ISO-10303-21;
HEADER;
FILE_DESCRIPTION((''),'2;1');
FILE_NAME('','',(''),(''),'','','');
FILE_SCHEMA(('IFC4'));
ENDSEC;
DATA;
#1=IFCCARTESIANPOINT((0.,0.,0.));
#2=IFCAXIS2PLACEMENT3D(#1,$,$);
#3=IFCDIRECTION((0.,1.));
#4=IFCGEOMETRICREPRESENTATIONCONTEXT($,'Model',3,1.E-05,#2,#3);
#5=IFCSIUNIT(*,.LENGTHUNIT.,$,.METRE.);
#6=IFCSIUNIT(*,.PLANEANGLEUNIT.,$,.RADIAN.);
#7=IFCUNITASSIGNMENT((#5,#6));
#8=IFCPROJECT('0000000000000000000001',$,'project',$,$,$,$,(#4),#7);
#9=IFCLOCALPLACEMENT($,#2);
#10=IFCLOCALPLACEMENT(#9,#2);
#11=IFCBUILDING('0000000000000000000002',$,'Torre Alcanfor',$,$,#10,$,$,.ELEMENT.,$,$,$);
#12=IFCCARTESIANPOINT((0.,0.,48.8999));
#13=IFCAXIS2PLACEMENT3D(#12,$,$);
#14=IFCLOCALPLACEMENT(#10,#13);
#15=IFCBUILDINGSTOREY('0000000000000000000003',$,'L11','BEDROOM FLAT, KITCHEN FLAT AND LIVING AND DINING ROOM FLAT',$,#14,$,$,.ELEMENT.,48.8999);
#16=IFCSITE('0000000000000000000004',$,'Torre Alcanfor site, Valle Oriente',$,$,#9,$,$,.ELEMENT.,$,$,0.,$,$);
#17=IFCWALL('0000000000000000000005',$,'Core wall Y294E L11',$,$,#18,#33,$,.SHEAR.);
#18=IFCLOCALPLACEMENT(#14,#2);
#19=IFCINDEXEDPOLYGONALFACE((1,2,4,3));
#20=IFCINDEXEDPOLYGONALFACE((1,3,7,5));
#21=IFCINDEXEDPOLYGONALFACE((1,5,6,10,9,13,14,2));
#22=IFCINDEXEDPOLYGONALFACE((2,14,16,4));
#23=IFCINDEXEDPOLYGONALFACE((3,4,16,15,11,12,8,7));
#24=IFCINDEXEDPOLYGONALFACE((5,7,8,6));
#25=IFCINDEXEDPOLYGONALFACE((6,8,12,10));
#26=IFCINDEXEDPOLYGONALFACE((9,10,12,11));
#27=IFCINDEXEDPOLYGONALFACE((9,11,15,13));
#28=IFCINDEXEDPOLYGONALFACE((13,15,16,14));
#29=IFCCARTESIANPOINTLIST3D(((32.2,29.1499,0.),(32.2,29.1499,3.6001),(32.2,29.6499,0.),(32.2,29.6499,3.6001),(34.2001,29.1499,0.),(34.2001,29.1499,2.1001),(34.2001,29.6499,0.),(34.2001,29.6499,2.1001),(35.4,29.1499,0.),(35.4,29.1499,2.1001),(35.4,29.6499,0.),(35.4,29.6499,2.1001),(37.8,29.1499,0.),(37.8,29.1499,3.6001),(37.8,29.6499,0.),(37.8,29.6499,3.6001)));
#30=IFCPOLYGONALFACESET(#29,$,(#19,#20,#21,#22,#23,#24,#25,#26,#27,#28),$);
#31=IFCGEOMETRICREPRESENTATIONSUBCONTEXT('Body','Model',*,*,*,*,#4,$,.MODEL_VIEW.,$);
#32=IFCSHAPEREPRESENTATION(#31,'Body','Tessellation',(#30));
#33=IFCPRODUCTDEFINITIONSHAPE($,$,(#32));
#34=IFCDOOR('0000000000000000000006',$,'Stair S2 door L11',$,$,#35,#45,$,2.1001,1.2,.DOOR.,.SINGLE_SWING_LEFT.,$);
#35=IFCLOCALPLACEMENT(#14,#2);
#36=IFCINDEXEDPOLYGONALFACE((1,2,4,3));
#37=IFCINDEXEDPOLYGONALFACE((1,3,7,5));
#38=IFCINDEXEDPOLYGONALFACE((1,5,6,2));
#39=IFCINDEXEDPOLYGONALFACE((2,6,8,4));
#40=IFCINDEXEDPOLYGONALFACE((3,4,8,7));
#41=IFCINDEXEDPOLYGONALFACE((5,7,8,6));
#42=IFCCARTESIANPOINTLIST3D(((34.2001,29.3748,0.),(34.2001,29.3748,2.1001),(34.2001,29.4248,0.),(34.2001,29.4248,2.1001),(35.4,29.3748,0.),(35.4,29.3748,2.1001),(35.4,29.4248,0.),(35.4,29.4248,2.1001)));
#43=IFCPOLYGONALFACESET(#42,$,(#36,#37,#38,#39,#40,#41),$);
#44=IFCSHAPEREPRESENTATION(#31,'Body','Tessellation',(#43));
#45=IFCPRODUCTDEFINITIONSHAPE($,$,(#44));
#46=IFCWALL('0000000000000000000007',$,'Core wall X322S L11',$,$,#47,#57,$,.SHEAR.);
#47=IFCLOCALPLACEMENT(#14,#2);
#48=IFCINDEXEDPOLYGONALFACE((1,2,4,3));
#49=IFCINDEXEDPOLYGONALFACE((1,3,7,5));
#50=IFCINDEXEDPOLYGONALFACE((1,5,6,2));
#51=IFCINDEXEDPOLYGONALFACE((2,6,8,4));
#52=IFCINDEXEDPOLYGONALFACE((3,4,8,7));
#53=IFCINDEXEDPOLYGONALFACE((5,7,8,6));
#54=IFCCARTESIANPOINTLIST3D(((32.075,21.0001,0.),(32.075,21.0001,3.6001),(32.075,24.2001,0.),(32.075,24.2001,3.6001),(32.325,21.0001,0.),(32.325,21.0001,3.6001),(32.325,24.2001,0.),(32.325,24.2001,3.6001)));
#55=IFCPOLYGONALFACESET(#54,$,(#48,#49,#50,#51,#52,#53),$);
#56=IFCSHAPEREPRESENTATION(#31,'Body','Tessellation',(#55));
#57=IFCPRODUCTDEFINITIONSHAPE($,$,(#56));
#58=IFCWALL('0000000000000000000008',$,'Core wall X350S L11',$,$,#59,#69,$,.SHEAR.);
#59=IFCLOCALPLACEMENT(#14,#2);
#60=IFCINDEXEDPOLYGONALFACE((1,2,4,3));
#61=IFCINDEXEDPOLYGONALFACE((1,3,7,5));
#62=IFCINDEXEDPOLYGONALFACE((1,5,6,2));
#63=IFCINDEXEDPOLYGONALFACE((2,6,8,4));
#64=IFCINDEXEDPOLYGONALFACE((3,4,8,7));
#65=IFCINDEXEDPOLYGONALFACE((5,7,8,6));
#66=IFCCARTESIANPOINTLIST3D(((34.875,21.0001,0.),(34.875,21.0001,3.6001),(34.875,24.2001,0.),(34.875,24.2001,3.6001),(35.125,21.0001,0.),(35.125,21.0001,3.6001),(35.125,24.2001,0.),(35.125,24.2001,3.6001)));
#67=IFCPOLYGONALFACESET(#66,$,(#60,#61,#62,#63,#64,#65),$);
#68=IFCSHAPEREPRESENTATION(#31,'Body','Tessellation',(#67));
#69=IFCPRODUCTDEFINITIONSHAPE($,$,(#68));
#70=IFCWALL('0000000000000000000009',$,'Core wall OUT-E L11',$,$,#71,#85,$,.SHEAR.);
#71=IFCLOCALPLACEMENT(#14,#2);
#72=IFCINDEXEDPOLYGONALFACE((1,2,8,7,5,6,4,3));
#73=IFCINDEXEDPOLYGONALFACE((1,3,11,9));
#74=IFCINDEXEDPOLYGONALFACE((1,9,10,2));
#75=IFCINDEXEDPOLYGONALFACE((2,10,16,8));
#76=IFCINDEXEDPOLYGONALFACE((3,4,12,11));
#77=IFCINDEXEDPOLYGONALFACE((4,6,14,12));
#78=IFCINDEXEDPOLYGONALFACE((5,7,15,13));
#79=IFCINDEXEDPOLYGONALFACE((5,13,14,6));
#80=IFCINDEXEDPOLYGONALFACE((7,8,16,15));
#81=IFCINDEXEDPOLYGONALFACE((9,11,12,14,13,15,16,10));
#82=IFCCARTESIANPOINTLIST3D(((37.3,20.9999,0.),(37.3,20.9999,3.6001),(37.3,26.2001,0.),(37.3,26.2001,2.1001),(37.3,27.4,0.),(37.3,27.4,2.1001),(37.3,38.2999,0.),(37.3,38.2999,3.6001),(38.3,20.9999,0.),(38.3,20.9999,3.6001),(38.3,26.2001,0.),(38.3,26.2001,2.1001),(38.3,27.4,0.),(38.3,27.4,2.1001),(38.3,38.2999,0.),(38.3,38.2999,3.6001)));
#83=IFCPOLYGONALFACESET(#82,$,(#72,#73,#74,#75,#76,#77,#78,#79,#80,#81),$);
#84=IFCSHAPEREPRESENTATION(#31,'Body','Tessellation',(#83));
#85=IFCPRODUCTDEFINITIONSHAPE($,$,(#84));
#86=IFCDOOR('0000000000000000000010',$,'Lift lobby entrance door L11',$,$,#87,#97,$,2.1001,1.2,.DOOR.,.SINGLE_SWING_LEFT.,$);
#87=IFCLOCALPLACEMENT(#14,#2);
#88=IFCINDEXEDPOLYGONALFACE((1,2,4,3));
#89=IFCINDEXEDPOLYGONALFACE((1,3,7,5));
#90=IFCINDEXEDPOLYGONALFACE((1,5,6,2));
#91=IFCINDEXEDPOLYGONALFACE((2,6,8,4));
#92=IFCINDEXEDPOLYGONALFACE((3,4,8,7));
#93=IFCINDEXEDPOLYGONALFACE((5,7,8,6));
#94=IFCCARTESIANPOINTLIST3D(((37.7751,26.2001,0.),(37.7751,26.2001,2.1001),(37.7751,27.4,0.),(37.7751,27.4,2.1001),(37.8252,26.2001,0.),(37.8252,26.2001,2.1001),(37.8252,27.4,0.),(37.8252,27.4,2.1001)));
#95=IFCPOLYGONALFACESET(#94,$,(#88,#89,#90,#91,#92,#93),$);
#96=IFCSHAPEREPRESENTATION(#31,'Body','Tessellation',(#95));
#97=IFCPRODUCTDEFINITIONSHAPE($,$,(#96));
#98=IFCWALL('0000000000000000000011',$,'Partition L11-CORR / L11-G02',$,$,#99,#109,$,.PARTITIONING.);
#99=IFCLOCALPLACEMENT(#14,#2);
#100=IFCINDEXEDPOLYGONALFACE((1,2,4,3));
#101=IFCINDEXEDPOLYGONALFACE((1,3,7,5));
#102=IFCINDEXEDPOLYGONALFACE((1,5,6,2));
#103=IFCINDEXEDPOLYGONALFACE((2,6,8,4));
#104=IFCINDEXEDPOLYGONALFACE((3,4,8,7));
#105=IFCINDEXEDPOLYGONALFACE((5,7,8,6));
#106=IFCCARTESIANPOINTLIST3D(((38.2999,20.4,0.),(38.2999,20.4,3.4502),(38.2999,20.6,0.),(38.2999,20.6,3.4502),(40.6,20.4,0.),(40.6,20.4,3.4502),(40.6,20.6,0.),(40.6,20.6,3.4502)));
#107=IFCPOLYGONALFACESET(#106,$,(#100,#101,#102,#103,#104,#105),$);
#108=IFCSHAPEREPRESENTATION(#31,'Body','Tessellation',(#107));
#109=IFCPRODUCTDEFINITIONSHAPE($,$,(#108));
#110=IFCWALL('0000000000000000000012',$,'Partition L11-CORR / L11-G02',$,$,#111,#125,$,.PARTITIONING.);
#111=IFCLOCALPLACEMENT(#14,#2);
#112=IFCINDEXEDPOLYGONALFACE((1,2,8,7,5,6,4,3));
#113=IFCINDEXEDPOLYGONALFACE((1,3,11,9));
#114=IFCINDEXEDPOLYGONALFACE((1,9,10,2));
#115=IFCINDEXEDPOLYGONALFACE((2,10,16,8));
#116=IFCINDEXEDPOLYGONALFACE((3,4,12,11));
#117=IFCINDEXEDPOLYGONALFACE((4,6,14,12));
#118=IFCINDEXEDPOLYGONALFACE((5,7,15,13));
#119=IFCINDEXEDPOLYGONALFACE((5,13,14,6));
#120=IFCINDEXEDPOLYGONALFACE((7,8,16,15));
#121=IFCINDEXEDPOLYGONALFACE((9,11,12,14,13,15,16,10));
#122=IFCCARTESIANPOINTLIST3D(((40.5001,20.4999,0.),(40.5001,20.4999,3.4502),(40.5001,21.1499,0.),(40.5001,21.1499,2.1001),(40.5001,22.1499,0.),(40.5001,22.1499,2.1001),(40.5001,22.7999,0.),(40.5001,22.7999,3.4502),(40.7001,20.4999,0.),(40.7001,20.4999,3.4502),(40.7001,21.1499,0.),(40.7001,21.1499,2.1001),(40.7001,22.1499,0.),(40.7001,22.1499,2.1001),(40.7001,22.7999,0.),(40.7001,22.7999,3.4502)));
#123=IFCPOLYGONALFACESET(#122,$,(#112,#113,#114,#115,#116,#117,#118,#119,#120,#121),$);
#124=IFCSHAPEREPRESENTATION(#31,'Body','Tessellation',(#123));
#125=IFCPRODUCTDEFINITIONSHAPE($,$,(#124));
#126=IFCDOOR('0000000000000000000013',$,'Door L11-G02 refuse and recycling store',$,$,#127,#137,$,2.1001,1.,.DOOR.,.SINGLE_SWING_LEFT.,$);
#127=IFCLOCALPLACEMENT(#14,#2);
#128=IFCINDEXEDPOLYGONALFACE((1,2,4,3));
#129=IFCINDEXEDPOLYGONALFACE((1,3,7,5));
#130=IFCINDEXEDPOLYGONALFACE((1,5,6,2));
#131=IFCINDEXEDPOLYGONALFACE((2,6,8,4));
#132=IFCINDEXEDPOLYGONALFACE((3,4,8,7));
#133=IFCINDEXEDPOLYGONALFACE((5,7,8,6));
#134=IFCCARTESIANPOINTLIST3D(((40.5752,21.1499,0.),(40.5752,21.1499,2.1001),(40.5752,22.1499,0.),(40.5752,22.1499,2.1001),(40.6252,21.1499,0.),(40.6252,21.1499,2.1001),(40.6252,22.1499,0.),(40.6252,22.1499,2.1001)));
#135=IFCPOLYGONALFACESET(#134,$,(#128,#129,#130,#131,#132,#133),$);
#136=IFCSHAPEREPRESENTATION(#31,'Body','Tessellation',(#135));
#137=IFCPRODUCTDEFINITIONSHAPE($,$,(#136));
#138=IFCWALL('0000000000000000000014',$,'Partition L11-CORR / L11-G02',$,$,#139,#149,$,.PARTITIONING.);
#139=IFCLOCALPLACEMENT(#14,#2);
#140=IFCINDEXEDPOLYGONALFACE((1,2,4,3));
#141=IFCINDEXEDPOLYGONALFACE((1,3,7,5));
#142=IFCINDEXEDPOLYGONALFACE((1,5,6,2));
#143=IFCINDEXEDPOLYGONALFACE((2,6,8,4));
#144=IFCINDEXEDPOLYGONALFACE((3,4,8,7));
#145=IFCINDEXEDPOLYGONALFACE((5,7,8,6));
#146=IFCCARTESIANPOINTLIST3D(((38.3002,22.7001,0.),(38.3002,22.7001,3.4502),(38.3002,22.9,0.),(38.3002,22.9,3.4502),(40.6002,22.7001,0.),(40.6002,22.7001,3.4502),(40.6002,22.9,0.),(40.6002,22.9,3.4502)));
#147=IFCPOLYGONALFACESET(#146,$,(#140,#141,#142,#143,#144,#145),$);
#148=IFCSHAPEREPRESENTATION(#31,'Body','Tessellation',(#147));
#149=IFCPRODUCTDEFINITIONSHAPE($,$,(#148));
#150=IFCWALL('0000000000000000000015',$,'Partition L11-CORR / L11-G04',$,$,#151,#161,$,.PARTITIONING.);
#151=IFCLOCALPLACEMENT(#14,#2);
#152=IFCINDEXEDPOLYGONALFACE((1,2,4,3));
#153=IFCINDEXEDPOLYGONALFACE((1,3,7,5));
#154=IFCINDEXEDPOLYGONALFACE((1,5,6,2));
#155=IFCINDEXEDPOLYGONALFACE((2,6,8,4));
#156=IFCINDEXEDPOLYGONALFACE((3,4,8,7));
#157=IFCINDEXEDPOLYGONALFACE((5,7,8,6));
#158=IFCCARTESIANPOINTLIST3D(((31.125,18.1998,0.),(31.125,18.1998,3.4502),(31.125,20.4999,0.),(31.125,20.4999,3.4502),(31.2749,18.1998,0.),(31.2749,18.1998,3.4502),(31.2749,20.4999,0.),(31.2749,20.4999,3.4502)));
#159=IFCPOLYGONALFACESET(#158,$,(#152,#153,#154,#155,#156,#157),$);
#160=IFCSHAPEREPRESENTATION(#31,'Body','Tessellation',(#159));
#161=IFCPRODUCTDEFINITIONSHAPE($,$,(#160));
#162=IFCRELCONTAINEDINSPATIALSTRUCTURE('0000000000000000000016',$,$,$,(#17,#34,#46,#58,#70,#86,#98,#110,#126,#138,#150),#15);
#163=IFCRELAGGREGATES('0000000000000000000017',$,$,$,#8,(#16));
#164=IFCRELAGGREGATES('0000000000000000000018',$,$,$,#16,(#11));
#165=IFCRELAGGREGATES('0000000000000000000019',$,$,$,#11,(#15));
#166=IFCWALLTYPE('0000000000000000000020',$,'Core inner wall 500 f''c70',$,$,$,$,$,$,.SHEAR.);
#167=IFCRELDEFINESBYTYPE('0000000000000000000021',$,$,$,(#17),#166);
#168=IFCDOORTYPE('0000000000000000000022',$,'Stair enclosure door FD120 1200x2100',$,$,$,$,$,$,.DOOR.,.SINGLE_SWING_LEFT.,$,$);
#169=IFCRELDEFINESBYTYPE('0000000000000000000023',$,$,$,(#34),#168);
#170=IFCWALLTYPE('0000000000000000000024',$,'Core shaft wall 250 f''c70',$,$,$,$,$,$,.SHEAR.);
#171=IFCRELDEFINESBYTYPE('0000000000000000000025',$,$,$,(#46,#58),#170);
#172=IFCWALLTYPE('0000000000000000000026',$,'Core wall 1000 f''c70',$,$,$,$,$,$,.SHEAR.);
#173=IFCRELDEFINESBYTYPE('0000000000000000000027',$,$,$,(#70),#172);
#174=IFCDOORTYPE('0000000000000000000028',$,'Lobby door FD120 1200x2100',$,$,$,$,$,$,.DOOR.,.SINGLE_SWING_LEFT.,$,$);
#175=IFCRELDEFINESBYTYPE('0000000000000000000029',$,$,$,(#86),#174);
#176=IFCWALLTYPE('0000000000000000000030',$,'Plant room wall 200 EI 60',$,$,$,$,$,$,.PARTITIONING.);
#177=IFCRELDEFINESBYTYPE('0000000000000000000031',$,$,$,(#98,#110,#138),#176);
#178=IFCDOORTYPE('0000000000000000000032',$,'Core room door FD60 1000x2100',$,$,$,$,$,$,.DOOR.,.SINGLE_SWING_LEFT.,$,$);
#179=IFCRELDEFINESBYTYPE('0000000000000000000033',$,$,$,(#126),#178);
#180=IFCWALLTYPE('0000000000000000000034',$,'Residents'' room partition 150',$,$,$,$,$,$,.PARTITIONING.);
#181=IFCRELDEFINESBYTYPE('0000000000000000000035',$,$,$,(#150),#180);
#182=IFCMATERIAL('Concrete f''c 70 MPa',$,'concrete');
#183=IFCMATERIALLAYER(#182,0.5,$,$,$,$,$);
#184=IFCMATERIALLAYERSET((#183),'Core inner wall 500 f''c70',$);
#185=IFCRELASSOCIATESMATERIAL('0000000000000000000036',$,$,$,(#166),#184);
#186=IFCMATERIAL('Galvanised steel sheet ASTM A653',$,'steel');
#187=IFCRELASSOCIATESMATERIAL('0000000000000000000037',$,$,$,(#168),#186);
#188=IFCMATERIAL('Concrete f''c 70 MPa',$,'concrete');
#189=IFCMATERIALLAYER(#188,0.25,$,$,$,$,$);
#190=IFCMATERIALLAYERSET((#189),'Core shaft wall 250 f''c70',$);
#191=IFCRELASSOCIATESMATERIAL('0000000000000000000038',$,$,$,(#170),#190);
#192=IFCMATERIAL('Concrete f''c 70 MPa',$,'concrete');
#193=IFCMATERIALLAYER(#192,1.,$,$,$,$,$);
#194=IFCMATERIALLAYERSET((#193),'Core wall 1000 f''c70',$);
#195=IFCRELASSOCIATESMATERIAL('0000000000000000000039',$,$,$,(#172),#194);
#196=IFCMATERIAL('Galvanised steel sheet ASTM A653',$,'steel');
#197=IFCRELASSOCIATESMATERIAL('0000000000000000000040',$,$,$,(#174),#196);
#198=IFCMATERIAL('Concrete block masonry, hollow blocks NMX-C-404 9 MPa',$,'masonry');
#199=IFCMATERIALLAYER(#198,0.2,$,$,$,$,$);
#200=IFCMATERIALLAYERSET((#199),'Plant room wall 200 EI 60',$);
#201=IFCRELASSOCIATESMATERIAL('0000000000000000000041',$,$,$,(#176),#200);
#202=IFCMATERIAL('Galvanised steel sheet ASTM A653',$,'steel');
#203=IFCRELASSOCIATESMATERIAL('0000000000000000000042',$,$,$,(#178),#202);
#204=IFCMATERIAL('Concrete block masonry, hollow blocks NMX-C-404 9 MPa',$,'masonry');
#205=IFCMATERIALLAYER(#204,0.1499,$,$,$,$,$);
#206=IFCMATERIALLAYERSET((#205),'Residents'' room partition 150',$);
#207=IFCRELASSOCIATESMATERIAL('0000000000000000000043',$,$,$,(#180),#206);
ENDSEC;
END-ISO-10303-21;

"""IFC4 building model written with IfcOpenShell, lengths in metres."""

from ifc_helpers import new_model, si_unit, direction, frame, frame_2d, origin, place, context, subcontext, project, spatial, rectangle, extrude, material, layer, layer_set, type_object, element, fill, save


model = new_model("IFC4")

# Units and contexts
model_context = context("Model", 3, precision=1e-05, world=origin(), true_north=direction((0.0, 1.0)))
body_context = subcontext(model_context, "Body", "Model", "MODEL_VIEW")
ifc_project = project(units=[si_unit("LENGTHUNIT", "METRE"), si_unit("PLANEANGLEUNIT", "RADIAN")], contexts=[model_context])

# Site, building, storey
site_placement = place(None, origin())
site = spatial("IfcSite", under=ifc_project, at=site_placement, Name="Torre Alcanfor site, Valle Oriente", CompositionType="ELEMENT", RefElevation=0.0)
building_placement = place(site_placement, origin())
building = spatial("IfcBuilding", under=site, at=building_placement, Name="Torre Alcanfor", CompositionType="ELEMENT")
storey_placement = place(building_placement, frame((0.0, 0.0, 48.8999)))
storey = spatial("IfcBuildingStorey", under=building, at=storey_placement, Name="L11", Description="BEDROOM FLAT, KITCHEN FLAT AND LIVING AND DINING ROOM FLAT", CompositionType="ELEMENT", Elevation=48.8999)

# Shared definitions
ifc_material_1 = material(Name="Concrete f'c 70 MPa", Category="concrete")
ifc_layer_1 = layer(ifc_material_1, 0.5)
ifc_layer_set_1 = layer_set([ifc_layer_1], Name="Core inner wall 500 f'c70")
wall_type_1 = type_object("IfcWallType", Name="Core inner wall 500 f'c70", PredefinedType="SHEAR", material=ifc_layer_set_1)

# Wall, opening, door
wall_1_placement = place(storey_placement, frame((32.2, 29.3999, 0.0), z_axis=(0.0, 0.0, 1.0), x_axis=(1.0, 0.0, 0.0)))
wall_1 = element("IfcWall", 1, at=wall_1_placement, inside=storey, type_object=wall_type_1, Name="Core wall Y294E L11", PredefinedType="SHEAR", context=body_context, shape_type="SweptSolid", body=[
    extrude(rectangle(XDim=5.6001, YDim=0.5, at=frame_2d((2.8, 0.0))), origin(), (0.0, 0.0, 1.0), 3.6001),
])
opening_1_placement = place(wall_1_placement, frame((2.0, 0.0, 0.0)))
opening_1 = element("IfcOpeningElement", 2, at=opening_1_placement, cuts=wall_1, PredefinedType="OPENING", context=body_context, shape_type="SweptSolid", body=[
    extrude(rectangle(XDim=1.2, YDim=2.1001, at=frame_2d((0.6001, 1.05))), frame((0.0, 0.26, 0.0), z_axis=(0.0, -1.0, 0.0), x_axis=(1.0, 0.0, 0.0)), (0.0, 0.0, 1.0), 0.52),
])
ifc_material_2 = material(Name="Galvanised steel sheet ASTM A653", Category="steel")
door_type_1 = type_object("IfcDoorType", Name="Stair enclosure door FD120 1200x2100", OperationType="SINGLE_SWING_LEFT", PredefinedType="DOOR", material=ifc_material_2)
door_1_placement = place(opening_1_placement, origin())
door_1 = element("IfcDoor", 3, at=door_1_placement, inside=storey, type_object=door_type_1, Name="Stair S2 door L11", OperationType="SINGLE_SWING_LEFT", OverallHeight=2.1001, OverallWidth=1.2, PredefinedType="DOOR", context=body_context, shape_type="SweptSolid", body=[
    extrude(rectangle(XDim=1.2, YDim=2.1001, at=frame_2d((0.6001, 1.05))), frame((0.0, 0.0249, 0.0), z_axis=(0.0, -1.0, 0.0), x_axis=(1.0, 0.0, 0.0)), (0.0, 0.0, 1.0), 0.05),
])
fill(opening_1, door_1)

# Walls
ifc_material_3 = material(Name="Concrete f'c 70 MPa", Category="concrete")
ifc_layer_2 = layer(ifc_material_3, 0.25)
ifc_layer_set_2 = layer_set([ifc_layer_2], Name="Core shaft wall 250 f'c70")
wall_type_2 = type_object("IfcWallType", Name="Core shaft wall 250 f'c70", PredefinedType="SHEAR", material=ifc_layer_set_2)
for number, where, z_axis, x_axis, name in (
    (4, (32.2, 21.0, 0.0), (0.0, 0.0, 1.0), (0.0, 1.0, 0.0), "Core wall X322S L11"),
    (5, (35.0, 21.0, 0.0), (0.0, 0.0, 1.0), (0.0, 1.0, 0.0), "Core wall X350S L11"),
):
    element("IfcWall", number, at=place(storey_placement, frame(where, z_axis=z_axis, x_axis=x_axis)), inside=storey, type_object=wall_type_2, Name=name, PredefinedType="SHEAR", context=body_context, shape_type="SweptSolid", body=[
        extrude(rectangle(XDim=3.2, YDim=0.25, at=frame_2d((1.6001, 0.0))), origin(), (0.0, 0.0, 1.0), 3.6001),
    ])

# Wall, opening, door
ifc_material_4 = material(Name="Concrete f'c 70 MPa", Category="concrete")
ifc_layer_3 = layer(ifc_material_4, 1.0)
ifc_layer_set_3 = layer_set([ifc_layer_3], Name="Core wall 1000 f'c70")
wall_type_3 = type_object("IfcWallType", Name="Core wall 1000 f'c70", PredefinedType="SHEAR", material=ifc_layer_set_3)
wall_2_placement = place(storey_placement, frame((37.8, 21.0, 0.0), z_axis=(0.0, 0.0, 1.0), x_axis=(0.0, 1.0, 0.0)))
wall_2 = element("IfcWall", 6, at=wall_2_placement, inside=storey, type_object=wall_type_3, Name="Core wall OUT-E L11", PredefinedType="SHEAR", context=body_context, shape_type="SweptSolid", body=[
    extrude(rectangle(XDim=17.3, YDim=1.0, at=frame_2d((8.6499, 0.0))), origin(), (0.0, 0.0, 1.0), 3.6001),
])
opening_2_placement = place(wall_2_placement, frame((5.2, 0.0, 0.0)))
opening_2 = element("IfcOpeningElement", 7, at=opening_2_placement, cuts=wall_2, PredefinedType="OPENING", context=body_context, shape_type="SweptSolid", body=[
    extrude(rectangle(XDim=1.2, YDim=2.1001, at=frame_2d((0.6001, 1.05))), frame((0.0, 0.51, 0.0), z_axis=(0.0, -1.0, 0.0), x_axis=(1.0, 0.0, 0.0)), (0.0, 0.0, 1.0), 1.02),
])
ifc_material_5 = material(Name="Galvanised steel sheet ASTM A653", Category="steel")
door_type_2 = type_object("IfcDoorType", Name="Lobby door FD120 1200x2100", OperationType="SINGLE_SWING_LEFT", PredefinedType="DOOR", material=ifc_material_5)
door_2_placement = place(opening_2_placement, origin())
door_2 = element("IfcDoor", 8, at=door_2_placement, inside=storey, type_object=door_type_2, Name="Lift lobby entrance door L11", OperationType="SINGLE_SWING_LEFT", OverallHeight=2.1001, OverallWidth=1.2, PredefinedType="DOOR", context=body_context, shape_type="SweptSolid", body=[
    extrude(rectangle(XDim=1.2, YDim=2.1001, at=frame_2d((0.6001, 1.05))), frame((0.0, 0.0249, 0.0), z_axis=(0.0, -1.0, 0.0), x_axis=(1.0, 0.0, 0.0)), (0.0, 0.0, 1.0), 0.05),
])
fill(opening_2, door_2)

# Wall
ifc_material_6 = material(Name="Concrete block masonry, hollow blocks NMX-C-404 9 MPa", Category="masonry")
ifc_layer_4 = layer(ifc_material_6, 0.2)
ifc_layer_set_4 = layer_set([ifc_layer_4], Name="Plant room wall 200 EI 60")
wall_type_4 = type_object("IfcWallType", Name="Plant room wall 200 EI 60", PredefinedType="PARTITIONING", material=ifc_layer_set_4)
wall_3_placement = place(storey_placement, frame((38.3, 20.5, 0.0), z_axis=(0.0, 0.0, 1.0), x_axis=(1.0, 0.0, 0.0)))
element("IfcWall", 9, at=wall_3_placement, inside=storey, type_object=wall_type_4, Name="Partition L11-CORR / L11-G02", PredefinedType="PARTITIONING", context=body_context, shape_type="SweptSolid", body=[
    extrude(rectangle(XDim=2.3, YDim=0.2, at=frame_2d((1.1499, 0.0))), origin(), (0.0, 0.0, 1.0), 3.4502),
])

# Wall, opening, door
wall_4_placement = place(storey_placement, frame((40.6001, 20.5, 0.0), z_axis=(0.0, 0.0, 1.0), x_axis=(0.0, 1.0, 0.0)))
wall_4 = element("IfcWall", 10, at=wall_4_placement, inside=storey, type_object=wall_type_4, Name="Partition L11-CORR / L11-G02", PredefinedType="PARTITIONING", context=body_context, shape_type="SweptSolid", body=[
    extrude(rectangle(XDim=2.3, YDim=0.2, at=frame_2d((1.1499, 0.0))), origin(), (0.0, 0.0, 1.0), 3.4502),
])
opening_3_placement = place(wall_4_placement, frame((0.6499, 0.0, 0.0)))
opening_3 = element("IfcOpeningElement", 11, at=opening_3_placement, cuts=wall_4, PredefinedType="OPENING", context=body_context, shape_type="SweptSolid", body=[
    extrude(rectangle(XDim=1.0, YDim=2.1001, at=frame_2d((0.5, 1.05))), frame((0.0, 0.1099, 0.0), z_axis=(0.0, -1.0, 0.0), x_axis=(1.0, 0.0, 0.0)), (0.0, 0.0, 1.0), 0.22),
])
ifc_material_7 = material(Name="Galvanised steel sheet ASTM A653", Category="steel")
door_type_3 = type_object("IfcDoorType", Name="Core room door FD60 1000x2100", OperationType="SINGLE_SWING_LEFT", PredefinedType="DOOR", material=ifc_material_7)
door_3_placement = place(opening_3_placement, origin())
door_3 = element("IfcDoor", 12, at=door_3_placement, inside=storey, type_object=door_type_3, Name="Door L11-G02 refuse and recycling store", OperationType="SINGLE_SWING_LEFT", OverallHeight=2.1001, OverallWidth=1.0, PredefinedType="DOOR", context=body_context, shape_type="SweptSolid", body=[
    extrude(rectangle(XDim=1.0, YDim=2.1001, at=frame_2d((0.5, 1.05))), frame((0.0, 0.0249, 0.0), z_axis=(0.0, -1.0, 0.0), x_axis=(1.0, 0.0, 0.0)), (0.0, 0.0, 1.0), 0.05),
])
fill(opening_3, door_3)

# Walls
wall_5_placement = place(storey_placement, frame((40.6001, 22.8, 0.0), z_axis=(0.0, 0.0, 1.0), x_axis=(-1.0, 0.0, 0.0)))
element("IfcWall", 13, at=wall_5_placement, inside=storey, type_object=wall_type_4, Name="Partition L11-CORR / L11-G02", PredefinedType="PARTITIONING", context=body_context, shape_type="SweptSolid", body=[
    extrude(rectangle(XDim=2.3, YDim=0.2, at=frame_2d((1.1499, 0.0))), origin(), (0.0, 0.0, 1.0), 3.4502),
])
ifc_material_8 = material(Name="Concrete block masonry, hollow blocks NMX-C-404 9 MPa", Category="masonry")
ifc_layer_5 = layer(ifc_material_8, 0.1499)
ifc_layer_set_5 = layer_set([ifc_layer_5], Name="Residents' room partition 150")
wall_type_5 = type_object("IfcWallType", Name="Residents' room partition 150", PredefinedType="PARTITIONING", material=ifc_layer_set_5)
wall_6_placement = place(storey_placement, frame((31.2, 18.2, 0.0), z_axis=(0.0, 0.0, 1.0), x_axis=(0.0, 1.0, 0.0)))
element("IfcWall", 14, at=wall_6_placement, inside=storey, type_object=wall_type_5, Name="Partition L11-CORR / L11-G04", PredefinedType="PARTITIONING", context=body_context, shape_type="SweptSolid", body=[
    extrude(rectangle(XDim=2.3, YDim=0.1499, at=frame_2d((1.1499, 0.0))), origin(), (0.0, 0.0, 1.0), 3.4502),
])

save(model, "model.ifc")
